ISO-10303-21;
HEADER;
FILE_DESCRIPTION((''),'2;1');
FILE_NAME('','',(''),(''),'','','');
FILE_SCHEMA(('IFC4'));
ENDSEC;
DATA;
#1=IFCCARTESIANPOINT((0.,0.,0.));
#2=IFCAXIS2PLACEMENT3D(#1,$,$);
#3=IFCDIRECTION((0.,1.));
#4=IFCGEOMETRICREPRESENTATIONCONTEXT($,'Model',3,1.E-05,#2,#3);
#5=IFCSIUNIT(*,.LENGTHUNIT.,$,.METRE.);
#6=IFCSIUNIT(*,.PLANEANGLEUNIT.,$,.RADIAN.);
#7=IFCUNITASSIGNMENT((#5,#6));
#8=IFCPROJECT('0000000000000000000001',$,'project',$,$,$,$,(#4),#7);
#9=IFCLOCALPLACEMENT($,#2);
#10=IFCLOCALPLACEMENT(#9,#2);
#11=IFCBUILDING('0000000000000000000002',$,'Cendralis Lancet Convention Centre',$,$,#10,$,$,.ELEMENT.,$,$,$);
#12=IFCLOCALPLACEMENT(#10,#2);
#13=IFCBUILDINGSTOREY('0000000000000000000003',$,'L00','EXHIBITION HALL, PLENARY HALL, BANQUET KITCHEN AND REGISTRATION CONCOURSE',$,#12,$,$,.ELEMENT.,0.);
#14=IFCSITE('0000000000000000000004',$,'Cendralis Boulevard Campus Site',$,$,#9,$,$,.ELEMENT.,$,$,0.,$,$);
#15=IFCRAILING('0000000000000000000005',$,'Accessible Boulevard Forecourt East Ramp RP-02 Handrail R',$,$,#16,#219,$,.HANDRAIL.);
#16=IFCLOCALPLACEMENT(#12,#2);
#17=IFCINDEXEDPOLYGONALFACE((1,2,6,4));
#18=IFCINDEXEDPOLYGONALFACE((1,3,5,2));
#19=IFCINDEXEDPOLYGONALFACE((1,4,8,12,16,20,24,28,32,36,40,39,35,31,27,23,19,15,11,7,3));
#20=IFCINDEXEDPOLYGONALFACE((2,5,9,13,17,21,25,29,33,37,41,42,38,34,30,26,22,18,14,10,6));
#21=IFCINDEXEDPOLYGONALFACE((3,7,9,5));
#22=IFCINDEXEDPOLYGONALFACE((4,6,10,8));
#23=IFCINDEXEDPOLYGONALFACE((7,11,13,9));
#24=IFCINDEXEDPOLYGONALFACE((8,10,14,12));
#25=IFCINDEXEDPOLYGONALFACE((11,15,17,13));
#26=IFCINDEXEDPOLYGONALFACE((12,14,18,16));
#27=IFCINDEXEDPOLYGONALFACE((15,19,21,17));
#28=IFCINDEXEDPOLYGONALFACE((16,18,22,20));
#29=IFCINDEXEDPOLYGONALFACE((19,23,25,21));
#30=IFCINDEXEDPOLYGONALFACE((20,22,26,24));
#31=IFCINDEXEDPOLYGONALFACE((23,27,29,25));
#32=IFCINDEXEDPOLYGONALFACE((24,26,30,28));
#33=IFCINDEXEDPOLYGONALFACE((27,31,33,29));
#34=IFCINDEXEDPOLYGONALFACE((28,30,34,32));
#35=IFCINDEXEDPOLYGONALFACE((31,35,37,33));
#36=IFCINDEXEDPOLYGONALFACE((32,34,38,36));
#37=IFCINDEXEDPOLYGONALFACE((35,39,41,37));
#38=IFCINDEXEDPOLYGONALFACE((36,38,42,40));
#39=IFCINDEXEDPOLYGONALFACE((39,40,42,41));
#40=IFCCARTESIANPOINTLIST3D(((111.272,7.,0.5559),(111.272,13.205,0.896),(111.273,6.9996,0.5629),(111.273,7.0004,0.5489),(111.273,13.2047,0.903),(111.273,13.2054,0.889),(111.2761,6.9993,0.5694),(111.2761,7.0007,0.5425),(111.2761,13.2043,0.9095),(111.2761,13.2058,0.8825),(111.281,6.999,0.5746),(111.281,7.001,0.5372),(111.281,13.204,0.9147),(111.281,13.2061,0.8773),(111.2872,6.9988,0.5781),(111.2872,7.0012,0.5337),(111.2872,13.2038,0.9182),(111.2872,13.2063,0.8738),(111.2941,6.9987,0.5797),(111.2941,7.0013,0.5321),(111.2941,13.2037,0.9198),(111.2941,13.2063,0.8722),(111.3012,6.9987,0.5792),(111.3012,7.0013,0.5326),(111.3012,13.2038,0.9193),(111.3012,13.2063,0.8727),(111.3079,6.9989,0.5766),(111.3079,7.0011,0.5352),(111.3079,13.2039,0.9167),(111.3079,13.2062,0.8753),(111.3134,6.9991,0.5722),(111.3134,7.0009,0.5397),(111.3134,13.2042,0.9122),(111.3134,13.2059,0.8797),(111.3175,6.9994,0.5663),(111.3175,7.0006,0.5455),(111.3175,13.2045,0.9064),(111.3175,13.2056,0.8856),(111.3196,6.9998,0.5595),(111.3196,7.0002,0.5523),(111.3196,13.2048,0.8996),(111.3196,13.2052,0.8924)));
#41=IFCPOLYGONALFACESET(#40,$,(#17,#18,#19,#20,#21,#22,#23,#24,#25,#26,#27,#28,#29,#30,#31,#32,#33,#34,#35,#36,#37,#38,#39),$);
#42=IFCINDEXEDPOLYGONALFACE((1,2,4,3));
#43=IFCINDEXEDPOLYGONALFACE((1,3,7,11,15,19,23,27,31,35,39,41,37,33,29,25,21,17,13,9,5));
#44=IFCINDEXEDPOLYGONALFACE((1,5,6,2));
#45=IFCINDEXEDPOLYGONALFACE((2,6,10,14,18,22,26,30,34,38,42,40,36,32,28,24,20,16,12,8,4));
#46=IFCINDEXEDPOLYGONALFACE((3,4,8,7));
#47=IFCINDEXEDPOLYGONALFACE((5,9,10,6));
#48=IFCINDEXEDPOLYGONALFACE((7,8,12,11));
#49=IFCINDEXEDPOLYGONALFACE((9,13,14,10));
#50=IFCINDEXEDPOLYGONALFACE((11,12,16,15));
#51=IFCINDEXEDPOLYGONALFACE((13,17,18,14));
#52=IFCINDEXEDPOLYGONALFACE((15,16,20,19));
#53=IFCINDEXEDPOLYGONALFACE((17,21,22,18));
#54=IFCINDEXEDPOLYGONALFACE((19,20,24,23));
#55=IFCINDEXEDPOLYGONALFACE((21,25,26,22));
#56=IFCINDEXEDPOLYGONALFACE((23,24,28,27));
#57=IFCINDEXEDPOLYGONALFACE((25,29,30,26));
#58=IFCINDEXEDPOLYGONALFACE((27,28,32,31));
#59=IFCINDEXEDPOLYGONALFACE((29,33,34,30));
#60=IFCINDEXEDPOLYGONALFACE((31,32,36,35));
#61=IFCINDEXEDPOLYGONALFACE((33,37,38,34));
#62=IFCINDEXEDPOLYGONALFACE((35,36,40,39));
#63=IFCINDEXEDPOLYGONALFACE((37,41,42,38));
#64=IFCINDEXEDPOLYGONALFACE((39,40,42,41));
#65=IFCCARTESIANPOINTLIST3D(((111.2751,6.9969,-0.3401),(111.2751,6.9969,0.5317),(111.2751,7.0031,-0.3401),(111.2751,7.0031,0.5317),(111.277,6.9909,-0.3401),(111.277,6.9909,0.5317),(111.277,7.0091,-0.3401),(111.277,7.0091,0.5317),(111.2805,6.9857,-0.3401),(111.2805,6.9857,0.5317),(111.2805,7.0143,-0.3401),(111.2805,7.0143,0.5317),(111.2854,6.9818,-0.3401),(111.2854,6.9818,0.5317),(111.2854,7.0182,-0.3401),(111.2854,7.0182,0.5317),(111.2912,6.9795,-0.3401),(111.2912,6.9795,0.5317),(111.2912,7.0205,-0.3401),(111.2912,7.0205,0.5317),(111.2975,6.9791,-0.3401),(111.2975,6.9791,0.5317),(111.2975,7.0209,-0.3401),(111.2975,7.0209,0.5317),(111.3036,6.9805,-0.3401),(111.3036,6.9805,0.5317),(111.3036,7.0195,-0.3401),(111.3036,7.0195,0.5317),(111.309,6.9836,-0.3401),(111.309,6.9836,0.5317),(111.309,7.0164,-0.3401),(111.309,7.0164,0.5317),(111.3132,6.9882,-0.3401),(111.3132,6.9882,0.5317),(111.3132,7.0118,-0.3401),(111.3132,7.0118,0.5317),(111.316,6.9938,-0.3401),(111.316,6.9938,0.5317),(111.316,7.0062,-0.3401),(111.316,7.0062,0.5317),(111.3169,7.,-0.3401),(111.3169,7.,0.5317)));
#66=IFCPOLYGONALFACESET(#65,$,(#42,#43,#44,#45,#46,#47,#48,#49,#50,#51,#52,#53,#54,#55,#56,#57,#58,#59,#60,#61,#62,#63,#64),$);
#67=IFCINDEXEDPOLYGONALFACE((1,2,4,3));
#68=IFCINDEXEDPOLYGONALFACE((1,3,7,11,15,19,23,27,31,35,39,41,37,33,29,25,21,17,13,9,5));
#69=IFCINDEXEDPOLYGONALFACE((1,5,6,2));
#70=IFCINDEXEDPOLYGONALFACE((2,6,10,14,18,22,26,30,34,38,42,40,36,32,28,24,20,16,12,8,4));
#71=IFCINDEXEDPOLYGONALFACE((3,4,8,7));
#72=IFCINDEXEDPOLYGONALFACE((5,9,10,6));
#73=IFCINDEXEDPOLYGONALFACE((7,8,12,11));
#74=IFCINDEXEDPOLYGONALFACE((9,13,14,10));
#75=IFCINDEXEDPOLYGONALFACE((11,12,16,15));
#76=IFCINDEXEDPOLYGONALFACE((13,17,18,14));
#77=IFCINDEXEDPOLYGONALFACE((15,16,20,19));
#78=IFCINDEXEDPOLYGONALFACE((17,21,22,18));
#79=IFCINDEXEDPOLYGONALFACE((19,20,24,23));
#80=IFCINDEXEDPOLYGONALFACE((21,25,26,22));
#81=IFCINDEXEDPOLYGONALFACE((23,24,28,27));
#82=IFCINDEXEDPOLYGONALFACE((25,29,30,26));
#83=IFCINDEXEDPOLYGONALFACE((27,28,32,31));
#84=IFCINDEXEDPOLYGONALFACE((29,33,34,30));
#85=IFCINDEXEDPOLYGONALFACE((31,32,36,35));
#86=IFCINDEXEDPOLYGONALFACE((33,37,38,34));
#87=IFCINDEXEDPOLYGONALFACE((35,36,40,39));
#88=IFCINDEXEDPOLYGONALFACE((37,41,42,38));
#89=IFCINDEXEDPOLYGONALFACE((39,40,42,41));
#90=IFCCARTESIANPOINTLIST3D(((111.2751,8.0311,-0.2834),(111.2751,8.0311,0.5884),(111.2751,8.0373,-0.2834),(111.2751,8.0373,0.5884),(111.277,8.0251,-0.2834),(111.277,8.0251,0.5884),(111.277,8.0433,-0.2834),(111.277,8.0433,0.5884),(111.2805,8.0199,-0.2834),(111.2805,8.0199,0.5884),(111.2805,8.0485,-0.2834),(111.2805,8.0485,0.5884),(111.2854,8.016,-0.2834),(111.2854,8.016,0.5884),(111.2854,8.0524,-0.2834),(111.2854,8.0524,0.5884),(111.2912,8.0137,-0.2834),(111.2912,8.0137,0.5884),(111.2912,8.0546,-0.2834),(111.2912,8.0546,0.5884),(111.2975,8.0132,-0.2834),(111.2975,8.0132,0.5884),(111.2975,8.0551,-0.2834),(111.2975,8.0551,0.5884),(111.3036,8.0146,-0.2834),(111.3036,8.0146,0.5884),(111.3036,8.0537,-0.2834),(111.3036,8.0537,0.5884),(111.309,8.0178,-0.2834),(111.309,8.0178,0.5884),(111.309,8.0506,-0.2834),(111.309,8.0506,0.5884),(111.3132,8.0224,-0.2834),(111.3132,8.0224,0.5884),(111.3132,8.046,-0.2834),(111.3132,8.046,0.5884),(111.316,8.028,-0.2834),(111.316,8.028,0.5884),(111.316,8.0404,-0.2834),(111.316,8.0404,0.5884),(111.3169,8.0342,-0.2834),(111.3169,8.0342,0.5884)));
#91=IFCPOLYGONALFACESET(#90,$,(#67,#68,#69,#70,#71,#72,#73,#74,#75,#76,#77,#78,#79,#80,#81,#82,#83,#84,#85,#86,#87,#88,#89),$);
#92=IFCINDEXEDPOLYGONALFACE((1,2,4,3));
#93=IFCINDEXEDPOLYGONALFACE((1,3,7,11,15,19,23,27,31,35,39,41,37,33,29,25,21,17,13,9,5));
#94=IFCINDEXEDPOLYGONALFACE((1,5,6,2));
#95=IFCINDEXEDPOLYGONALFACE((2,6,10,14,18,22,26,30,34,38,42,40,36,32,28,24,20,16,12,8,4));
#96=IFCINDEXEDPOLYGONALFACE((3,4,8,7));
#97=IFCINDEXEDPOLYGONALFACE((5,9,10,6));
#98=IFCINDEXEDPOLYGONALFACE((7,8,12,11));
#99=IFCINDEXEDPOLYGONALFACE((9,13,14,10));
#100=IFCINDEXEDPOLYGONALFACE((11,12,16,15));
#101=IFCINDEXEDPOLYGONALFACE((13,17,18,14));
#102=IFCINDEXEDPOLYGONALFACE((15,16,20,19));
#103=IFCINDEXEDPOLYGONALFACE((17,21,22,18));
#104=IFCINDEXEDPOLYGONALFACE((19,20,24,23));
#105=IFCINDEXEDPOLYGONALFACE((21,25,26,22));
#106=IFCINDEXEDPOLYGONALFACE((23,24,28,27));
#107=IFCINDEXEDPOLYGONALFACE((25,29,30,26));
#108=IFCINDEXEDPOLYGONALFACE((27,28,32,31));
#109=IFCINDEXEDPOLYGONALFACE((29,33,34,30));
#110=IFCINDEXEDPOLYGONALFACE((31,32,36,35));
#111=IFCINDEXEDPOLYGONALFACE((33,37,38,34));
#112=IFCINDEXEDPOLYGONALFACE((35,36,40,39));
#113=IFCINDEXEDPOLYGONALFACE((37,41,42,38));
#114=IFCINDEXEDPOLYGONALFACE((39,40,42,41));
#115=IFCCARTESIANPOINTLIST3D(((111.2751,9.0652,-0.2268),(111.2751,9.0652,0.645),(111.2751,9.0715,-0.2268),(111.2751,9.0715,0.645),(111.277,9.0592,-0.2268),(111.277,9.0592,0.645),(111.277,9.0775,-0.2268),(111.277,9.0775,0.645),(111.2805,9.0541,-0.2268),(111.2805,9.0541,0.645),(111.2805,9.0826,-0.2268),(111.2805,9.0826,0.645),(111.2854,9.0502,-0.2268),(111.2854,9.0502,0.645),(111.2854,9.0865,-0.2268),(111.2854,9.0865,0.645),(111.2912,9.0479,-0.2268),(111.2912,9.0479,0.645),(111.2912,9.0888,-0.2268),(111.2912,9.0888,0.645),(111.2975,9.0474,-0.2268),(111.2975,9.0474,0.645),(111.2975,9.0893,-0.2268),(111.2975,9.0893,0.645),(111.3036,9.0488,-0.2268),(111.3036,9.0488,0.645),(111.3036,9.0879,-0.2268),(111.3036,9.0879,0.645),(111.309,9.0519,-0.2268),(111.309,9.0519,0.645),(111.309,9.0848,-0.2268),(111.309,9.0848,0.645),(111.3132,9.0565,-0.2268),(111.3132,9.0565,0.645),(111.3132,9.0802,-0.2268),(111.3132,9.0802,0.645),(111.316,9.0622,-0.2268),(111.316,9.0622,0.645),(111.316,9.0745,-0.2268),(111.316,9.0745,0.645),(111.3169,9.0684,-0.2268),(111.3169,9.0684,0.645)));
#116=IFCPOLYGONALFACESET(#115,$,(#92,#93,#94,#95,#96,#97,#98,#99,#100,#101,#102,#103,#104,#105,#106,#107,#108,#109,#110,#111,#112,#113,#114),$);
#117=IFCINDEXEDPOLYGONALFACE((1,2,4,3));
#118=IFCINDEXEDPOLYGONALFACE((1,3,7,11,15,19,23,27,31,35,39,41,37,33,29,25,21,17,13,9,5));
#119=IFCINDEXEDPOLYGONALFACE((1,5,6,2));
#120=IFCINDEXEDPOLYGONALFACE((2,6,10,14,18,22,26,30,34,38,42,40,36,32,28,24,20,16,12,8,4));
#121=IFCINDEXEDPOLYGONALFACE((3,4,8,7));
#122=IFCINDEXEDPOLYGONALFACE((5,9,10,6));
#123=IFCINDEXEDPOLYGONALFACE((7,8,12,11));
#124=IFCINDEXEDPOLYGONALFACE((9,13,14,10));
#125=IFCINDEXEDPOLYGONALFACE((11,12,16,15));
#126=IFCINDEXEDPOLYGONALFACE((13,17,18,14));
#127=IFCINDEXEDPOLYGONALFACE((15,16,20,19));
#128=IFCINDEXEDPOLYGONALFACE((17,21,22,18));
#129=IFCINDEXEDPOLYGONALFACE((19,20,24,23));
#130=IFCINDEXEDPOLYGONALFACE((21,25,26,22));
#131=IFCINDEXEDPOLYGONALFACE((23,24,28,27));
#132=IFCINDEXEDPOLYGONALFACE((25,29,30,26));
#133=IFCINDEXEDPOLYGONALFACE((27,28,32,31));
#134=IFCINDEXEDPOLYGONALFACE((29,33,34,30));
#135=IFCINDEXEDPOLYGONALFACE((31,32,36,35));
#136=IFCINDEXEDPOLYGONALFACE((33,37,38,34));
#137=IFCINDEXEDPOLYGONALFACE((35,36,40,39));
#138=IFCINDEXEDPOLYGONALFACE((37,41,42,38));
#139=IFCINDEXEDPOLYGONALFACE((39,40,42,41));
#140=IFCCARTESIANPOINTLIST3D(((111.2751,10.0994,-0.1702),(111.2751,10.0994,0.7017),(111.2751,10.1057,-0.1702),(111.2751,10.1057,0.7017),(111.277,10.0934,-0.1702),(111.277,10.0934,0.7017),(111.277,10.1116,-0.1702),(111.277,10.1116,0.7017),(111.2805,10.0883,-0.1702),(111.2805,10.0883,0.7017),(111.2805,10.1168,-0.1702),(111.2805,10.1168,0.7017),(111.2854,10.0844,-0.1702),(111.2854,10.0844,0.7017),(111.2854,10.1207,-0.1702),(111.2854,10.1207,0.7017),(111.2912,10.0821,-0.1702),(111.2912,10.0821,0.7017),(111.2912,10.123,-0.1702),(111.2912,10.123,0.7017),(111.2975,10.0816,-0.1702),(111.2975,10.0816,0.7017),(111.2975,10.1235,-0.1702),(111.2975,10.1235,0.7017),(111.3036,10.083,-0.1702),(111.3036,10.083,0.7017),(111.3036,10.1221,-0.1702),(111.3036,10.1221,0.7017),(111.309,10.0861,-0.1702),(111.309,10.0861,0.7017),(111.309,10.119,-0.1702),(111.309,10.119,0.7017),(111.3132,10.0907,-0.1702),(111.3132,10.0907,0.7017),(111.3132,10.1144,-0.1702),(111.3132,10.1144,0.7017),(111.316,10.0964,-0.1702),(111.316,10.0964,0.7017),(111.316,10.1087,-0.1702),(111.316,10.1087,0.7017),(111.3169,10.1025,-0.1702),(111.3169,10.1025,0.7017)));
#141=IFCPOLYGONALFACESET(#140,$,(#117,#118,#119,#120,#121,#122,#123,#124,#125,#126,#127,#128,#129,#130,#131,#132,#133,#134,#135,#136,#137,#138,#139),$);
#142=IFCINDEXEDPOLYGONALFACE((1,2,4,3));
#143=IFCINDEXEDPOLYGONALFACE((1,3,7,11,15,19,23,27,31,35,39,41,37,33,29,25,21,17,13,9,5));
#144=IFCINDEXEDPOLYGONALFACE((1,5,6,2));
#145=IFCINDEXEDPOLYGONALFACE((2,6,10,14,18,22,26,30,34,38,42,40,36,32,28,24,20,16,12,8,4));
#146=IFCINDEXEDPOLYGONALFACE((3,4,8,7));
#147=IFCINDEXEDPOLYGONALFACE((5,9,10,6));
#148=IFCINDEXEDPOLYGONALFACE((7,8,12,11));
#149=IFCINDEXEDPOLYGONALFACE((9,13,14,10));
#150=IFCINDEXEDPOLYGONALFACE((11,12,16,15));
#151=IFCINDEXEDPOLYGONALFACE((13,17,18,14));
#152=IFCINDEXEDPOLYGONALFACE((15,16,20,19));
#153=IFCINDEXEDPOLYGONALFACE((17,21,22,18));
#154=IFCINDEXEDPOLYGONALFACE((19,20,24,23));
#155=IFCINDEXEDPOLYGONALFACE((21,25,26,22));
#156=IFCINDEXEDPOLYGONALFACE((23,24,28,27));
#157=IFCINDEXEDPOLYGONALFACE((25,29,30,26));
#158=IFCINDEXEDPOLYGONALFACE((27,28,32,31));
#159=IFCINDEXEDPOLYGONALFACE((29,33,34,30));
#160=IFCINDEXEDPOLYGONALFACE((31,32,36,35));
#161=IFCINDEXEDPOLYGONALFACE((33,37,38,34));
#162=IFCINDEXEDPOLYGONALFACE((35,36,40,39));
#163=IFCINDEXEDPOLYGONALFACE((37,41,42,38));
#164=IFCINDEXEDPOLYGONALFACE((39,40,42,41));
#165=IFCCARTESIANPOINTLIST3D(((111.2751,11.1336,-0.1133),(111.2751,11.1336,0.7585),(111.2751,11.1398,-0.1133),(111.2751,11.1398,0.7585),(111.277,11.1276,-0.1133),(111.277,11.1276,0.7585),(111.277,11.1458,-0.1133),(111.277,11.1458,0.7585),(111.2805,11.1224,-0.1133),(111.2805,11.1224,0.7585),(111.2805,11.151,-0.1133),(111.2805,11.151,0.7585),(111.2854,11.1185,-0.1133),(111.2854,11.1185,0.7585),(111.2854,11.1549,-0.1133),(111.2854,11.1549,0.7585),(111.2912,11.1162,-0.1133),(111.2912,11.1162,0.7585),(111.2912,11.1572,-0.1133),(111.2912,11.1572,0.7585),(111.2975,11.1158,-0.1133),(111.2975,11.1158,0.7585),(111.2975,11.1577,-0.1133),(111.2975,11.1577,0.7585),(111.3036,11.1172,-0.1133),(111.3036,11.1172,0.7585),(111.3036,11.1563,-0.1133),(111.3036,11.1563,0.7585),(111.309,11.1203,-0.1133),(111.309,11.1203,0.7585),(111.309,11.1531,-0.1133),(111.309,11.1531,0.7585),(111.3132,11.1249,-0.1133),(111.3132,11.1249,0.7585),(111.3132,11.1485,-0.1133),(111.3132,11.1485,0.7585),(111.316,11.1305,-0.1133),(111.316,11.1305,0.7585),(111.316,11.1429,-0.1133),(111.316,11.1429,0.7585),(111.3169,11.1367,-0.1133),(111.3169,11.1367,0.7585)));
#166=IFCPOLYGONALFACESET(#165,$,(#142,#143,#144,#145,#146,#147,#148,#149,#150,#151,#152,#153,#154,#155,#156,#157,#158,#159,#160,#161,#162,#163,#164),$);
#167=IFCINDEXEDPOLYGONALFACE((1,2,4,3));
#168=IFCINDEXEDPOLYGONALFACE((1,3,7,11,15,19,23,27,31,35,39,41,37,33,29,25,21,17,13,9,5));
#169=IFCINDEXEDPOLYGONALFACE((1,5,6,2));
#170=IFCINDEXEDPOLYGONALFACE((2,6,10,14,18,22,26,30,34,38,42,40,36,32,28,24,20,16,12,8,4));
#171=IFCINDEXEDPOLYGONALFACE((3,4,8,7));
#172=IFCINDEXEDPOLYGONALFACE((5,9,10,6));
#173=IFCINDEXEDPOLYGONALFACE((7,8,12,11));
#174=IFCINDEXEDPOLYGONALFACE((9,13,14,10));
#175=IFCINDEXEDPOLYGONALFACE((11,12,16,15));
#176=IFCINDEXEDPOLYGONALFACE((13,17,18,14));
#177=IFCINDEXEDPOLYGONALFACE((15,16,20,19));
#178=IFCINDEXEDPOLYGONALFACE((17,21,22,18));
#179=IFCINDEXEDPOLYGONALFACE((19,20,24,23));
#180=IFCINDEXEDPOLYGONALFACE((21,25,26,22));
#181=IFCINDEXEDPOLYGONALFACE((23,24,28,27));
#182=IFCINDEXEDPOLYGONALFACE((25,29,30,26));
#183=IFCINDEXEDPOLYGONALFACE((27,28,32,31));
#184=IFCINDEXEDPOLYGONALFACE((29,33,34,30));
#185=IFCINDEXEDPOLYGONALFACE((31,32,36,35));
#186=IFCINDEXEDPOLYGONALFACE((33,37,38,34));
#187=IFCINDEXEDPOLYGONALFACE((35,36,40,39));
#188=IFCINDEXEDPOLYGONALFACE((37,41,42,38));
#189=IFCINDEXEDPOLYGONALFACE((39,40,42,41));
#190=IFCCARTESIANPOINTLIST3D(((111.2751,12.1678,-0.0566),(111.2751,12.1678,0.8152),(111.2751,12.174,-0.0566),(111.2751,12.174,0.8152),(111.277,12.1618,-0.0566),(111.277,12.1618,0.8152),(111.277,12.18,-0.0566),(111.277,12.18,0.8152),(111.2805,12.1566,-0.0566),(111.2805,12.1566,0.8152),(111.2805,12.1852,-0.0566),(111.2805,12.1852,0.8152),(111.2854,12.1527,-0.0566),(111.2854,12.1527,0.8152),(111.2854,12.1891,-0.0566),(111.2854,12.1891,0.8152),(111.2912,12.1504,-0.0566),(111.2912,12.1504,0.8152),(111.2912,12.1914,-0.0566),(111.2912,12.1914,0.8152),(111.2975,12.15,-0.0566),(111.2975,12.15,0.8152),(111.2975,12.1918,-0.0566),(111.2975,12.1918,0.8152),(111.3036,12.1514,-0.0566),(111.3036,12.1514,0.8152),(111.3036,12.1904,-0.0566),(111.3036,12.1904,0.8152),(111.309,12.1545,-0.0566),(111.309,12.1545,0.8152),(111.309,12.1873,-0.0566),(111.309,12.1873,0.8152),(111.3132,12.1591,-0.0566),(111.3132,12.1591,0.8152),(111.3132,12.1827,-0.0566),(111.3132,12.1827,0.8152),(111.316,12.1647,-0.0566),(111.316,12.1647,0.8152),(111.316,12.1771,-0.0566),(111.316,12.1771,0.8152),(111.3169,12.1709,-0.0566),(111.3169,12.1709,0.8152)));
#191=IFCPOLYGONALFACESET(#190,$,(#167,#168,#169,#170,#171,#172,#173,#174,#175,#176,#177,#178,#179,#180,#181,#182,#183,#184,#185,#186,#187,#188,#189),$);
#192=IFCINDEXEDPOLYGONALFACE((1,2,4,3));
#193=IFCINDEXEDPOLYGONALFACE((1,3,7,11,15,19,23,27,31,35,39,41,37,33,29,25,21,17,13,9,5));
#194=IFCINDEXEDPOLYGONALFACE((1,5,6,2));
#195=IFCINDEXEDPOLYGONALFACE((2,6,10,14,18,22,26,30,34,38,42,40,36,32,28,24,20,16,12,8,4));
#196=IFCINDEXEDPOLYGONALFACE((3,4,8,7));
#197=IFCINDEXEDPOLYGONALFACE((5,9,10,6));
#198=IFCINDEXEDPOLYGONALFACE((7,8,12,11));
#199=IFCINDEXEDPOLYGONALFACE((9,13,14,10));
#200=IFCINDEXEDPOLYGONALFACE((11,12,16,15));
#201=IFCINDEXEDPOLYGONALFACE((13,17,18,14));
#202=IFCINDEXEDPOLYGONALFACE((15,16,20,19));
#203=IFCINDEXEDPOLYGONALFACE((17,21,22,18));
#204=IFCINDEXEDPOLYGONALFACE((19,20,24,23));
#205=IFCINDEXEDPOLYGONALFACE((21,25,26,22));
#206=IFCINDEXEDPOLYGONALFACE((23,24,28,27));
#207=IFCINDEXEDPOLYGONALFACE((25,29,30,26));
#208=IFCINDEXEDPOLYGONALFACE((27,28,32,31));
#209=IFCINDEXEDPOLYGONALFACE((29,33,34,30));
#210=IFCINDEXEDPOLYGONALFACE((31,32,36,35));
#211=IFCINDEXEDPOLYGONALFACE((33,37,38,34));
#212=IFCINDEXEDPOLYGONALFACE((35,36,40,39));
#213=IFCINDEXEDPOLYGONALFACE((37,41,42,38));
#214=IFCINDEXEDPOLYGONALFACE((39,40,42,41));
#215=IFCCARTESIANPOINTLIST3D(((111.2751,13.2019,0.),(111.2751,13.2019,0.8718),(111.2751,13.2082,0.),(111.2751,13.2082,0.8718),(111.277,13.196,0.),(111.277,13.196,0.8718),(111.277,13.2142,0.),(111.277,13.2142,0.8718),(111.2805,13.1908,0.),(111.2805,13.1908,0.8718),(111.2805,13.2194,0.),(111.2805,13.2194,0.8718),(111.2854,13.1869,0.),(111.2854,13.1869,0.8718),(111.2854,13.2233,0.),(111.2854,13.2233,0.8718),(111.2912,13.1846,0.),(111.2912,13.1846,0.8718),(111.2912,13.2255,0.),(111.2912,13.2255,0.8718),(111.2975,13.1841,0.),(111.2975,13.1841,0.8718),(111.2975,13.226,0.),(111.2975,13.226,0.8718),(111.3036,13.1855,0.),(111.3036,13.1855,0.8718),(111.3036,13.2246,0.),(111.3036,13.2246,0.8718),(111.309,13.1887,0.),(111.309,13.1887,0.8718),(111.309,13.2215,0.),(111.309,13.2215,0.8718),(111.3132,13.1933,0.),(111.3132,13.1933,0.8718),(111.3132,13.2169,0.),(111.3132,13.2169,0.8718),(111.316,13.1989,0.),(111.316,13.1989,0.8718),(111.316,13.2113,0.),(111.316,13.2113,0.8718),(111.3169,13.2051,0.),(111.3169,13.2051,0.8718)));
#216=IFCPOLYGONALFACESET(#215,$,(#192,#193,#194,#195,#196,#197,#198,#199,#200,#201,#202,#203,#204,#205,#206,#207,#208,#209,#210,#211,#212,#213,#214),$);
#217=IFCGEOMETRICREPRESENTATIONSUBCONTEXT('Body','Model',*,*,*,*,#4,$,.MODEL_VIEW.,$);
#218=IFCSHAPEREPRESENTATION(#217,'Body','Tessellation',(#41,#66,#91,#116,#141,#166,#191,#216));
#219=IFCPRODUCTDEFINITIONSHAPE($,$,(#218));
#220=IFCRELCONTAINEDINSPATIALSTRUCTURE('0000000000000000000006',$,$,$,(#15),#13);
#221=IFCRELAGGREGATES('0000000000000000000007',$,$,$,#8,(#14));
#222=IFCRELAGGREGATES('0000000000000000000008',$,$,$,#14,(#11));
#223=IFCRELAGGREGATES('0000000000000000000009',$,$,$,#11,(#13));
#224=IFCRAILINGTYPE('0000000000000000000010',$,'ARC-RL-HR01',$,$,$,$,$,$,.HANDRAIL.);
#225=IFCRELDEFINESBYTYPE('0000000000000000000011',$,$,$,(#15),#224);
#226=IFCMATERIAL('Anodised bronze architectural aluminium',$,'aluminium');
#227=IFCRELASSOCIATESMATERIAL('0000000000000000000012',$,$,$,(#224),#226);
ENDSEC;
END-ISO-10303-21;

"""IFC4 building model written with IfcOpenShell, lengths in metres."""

from ifc_helpers import new_model, si_unit, direction, frame, origin, origin_2d, place, context, subcontext, project, spatial, circle, extrude, material, type_object, element, save


model = new_model("IFC4")

# Units and contexts
model_context = context("Model", 3, precision=1e-05, world=origin(), true_north=direction((0.0, 1.0)))
body_context = subcontext(model_context, "Body", "Model", "MODEL_VIEW")
ifc_project = project(units=[si_unit("LENGTHUNIT", "METRE"), si_unit("PLANEANGLEUNIT", "RADIAN")], contexts=[model_context])

# Site, building, storey
site_placement = place(None, origin())
site = spatial("IfcSite", under=ifc_project, at=site_placement, Name="Cendralis Boulevard Campus Site", CompositionType="ELEMENT", RefElevation=0.0)
building_placement = place(site_placement, origin())
building = spatial("IfcBuilding", under=site, at=building_placement, Name="Cendralis Lancet Convention Centre", CompositionType="ELEMENT")
storey_placement = place(building_placement, origin())
storey = spatial("IfcBuildingStorey", under=building, at=storey_placement, Name="L00", Description="EXHIBITION HALL, PLENARY HALL, BANQUET KITCHEN AND REGISTRATION CONCOURSE", CompositionType="ELEMENT", Elevation=0.0)

# Shared definitions
ifc_material_1 = material(Name="Anodised bronze architectural aluminium", Category="aluminium")

# Railing
railing_type = type_object("IfcRailingType", Name="ARC-RL-HR01", PredefinedType="HANDRAIL", material=ifc_material_1)
for number, where, name in (
    (1, (111.2959, 7.0, -0.3401), "Accessible Boulevard Forecourt East Ramp RP-02 Handrail R"),
):
    element("IfcRailing", number, at=place(storey_placement, frame(where)), inside=storey, type_object=railing_type, Name=name, PredefinedType="HANDRAIL", context=body_context, shape_type="SweptSolid", body=[
        extrude(circle(Radius=0.0239, at=origin_2d()), frame((0.0, 0.0, 0.896), z_axis=(0.0, 0.998501, 0.054726), x_axis=(-1.0, 0.0, 0.0)), (0.0, 0.0, 1.0), 6.2144),
        extrude(circle(Radius=0.021, at=origin_2d()), origin(), (0.0, 0.0, 1.0), 0.8718),
        extrude(circle(Radius=0.021, at=origin_2d()), frame((0.0, 1.0342, 0.0566)), (0.0, 0.0, 1.0), 0.8718),
        extrude(circle(Radius=0.021, at=origin_2d()), frame((0.0, 2.0684, 0.1133)), (0.0, 0.0, 1.0), 0.8718),
        extrude(circle(Radius=0.021, at=origin_2d()), frame((0.0, 3.1025, 0.1699)), (0.0, 0.0, 1.0), 0.8718),
        extrude(circle(Radius=0.021, at=origin_2d()), frame((0.0, 4.1367, 0.2268)), (0.0, 0.0, 1.0), 0.8718),
        extrude(circle(Radius=0.021, at=origin_2d()), frame((0.0, 5.1709, 0.2834)), (0.0, 0.0, 1.0), 0.8718),
        extrude(circle(Radius=0.021, at=origin_2d()), frame((0.0, 6.2051, 0.3401)), (0.0, 0.0, 1.0), 0.8718),
    ])

save(model, "model.ifc")
